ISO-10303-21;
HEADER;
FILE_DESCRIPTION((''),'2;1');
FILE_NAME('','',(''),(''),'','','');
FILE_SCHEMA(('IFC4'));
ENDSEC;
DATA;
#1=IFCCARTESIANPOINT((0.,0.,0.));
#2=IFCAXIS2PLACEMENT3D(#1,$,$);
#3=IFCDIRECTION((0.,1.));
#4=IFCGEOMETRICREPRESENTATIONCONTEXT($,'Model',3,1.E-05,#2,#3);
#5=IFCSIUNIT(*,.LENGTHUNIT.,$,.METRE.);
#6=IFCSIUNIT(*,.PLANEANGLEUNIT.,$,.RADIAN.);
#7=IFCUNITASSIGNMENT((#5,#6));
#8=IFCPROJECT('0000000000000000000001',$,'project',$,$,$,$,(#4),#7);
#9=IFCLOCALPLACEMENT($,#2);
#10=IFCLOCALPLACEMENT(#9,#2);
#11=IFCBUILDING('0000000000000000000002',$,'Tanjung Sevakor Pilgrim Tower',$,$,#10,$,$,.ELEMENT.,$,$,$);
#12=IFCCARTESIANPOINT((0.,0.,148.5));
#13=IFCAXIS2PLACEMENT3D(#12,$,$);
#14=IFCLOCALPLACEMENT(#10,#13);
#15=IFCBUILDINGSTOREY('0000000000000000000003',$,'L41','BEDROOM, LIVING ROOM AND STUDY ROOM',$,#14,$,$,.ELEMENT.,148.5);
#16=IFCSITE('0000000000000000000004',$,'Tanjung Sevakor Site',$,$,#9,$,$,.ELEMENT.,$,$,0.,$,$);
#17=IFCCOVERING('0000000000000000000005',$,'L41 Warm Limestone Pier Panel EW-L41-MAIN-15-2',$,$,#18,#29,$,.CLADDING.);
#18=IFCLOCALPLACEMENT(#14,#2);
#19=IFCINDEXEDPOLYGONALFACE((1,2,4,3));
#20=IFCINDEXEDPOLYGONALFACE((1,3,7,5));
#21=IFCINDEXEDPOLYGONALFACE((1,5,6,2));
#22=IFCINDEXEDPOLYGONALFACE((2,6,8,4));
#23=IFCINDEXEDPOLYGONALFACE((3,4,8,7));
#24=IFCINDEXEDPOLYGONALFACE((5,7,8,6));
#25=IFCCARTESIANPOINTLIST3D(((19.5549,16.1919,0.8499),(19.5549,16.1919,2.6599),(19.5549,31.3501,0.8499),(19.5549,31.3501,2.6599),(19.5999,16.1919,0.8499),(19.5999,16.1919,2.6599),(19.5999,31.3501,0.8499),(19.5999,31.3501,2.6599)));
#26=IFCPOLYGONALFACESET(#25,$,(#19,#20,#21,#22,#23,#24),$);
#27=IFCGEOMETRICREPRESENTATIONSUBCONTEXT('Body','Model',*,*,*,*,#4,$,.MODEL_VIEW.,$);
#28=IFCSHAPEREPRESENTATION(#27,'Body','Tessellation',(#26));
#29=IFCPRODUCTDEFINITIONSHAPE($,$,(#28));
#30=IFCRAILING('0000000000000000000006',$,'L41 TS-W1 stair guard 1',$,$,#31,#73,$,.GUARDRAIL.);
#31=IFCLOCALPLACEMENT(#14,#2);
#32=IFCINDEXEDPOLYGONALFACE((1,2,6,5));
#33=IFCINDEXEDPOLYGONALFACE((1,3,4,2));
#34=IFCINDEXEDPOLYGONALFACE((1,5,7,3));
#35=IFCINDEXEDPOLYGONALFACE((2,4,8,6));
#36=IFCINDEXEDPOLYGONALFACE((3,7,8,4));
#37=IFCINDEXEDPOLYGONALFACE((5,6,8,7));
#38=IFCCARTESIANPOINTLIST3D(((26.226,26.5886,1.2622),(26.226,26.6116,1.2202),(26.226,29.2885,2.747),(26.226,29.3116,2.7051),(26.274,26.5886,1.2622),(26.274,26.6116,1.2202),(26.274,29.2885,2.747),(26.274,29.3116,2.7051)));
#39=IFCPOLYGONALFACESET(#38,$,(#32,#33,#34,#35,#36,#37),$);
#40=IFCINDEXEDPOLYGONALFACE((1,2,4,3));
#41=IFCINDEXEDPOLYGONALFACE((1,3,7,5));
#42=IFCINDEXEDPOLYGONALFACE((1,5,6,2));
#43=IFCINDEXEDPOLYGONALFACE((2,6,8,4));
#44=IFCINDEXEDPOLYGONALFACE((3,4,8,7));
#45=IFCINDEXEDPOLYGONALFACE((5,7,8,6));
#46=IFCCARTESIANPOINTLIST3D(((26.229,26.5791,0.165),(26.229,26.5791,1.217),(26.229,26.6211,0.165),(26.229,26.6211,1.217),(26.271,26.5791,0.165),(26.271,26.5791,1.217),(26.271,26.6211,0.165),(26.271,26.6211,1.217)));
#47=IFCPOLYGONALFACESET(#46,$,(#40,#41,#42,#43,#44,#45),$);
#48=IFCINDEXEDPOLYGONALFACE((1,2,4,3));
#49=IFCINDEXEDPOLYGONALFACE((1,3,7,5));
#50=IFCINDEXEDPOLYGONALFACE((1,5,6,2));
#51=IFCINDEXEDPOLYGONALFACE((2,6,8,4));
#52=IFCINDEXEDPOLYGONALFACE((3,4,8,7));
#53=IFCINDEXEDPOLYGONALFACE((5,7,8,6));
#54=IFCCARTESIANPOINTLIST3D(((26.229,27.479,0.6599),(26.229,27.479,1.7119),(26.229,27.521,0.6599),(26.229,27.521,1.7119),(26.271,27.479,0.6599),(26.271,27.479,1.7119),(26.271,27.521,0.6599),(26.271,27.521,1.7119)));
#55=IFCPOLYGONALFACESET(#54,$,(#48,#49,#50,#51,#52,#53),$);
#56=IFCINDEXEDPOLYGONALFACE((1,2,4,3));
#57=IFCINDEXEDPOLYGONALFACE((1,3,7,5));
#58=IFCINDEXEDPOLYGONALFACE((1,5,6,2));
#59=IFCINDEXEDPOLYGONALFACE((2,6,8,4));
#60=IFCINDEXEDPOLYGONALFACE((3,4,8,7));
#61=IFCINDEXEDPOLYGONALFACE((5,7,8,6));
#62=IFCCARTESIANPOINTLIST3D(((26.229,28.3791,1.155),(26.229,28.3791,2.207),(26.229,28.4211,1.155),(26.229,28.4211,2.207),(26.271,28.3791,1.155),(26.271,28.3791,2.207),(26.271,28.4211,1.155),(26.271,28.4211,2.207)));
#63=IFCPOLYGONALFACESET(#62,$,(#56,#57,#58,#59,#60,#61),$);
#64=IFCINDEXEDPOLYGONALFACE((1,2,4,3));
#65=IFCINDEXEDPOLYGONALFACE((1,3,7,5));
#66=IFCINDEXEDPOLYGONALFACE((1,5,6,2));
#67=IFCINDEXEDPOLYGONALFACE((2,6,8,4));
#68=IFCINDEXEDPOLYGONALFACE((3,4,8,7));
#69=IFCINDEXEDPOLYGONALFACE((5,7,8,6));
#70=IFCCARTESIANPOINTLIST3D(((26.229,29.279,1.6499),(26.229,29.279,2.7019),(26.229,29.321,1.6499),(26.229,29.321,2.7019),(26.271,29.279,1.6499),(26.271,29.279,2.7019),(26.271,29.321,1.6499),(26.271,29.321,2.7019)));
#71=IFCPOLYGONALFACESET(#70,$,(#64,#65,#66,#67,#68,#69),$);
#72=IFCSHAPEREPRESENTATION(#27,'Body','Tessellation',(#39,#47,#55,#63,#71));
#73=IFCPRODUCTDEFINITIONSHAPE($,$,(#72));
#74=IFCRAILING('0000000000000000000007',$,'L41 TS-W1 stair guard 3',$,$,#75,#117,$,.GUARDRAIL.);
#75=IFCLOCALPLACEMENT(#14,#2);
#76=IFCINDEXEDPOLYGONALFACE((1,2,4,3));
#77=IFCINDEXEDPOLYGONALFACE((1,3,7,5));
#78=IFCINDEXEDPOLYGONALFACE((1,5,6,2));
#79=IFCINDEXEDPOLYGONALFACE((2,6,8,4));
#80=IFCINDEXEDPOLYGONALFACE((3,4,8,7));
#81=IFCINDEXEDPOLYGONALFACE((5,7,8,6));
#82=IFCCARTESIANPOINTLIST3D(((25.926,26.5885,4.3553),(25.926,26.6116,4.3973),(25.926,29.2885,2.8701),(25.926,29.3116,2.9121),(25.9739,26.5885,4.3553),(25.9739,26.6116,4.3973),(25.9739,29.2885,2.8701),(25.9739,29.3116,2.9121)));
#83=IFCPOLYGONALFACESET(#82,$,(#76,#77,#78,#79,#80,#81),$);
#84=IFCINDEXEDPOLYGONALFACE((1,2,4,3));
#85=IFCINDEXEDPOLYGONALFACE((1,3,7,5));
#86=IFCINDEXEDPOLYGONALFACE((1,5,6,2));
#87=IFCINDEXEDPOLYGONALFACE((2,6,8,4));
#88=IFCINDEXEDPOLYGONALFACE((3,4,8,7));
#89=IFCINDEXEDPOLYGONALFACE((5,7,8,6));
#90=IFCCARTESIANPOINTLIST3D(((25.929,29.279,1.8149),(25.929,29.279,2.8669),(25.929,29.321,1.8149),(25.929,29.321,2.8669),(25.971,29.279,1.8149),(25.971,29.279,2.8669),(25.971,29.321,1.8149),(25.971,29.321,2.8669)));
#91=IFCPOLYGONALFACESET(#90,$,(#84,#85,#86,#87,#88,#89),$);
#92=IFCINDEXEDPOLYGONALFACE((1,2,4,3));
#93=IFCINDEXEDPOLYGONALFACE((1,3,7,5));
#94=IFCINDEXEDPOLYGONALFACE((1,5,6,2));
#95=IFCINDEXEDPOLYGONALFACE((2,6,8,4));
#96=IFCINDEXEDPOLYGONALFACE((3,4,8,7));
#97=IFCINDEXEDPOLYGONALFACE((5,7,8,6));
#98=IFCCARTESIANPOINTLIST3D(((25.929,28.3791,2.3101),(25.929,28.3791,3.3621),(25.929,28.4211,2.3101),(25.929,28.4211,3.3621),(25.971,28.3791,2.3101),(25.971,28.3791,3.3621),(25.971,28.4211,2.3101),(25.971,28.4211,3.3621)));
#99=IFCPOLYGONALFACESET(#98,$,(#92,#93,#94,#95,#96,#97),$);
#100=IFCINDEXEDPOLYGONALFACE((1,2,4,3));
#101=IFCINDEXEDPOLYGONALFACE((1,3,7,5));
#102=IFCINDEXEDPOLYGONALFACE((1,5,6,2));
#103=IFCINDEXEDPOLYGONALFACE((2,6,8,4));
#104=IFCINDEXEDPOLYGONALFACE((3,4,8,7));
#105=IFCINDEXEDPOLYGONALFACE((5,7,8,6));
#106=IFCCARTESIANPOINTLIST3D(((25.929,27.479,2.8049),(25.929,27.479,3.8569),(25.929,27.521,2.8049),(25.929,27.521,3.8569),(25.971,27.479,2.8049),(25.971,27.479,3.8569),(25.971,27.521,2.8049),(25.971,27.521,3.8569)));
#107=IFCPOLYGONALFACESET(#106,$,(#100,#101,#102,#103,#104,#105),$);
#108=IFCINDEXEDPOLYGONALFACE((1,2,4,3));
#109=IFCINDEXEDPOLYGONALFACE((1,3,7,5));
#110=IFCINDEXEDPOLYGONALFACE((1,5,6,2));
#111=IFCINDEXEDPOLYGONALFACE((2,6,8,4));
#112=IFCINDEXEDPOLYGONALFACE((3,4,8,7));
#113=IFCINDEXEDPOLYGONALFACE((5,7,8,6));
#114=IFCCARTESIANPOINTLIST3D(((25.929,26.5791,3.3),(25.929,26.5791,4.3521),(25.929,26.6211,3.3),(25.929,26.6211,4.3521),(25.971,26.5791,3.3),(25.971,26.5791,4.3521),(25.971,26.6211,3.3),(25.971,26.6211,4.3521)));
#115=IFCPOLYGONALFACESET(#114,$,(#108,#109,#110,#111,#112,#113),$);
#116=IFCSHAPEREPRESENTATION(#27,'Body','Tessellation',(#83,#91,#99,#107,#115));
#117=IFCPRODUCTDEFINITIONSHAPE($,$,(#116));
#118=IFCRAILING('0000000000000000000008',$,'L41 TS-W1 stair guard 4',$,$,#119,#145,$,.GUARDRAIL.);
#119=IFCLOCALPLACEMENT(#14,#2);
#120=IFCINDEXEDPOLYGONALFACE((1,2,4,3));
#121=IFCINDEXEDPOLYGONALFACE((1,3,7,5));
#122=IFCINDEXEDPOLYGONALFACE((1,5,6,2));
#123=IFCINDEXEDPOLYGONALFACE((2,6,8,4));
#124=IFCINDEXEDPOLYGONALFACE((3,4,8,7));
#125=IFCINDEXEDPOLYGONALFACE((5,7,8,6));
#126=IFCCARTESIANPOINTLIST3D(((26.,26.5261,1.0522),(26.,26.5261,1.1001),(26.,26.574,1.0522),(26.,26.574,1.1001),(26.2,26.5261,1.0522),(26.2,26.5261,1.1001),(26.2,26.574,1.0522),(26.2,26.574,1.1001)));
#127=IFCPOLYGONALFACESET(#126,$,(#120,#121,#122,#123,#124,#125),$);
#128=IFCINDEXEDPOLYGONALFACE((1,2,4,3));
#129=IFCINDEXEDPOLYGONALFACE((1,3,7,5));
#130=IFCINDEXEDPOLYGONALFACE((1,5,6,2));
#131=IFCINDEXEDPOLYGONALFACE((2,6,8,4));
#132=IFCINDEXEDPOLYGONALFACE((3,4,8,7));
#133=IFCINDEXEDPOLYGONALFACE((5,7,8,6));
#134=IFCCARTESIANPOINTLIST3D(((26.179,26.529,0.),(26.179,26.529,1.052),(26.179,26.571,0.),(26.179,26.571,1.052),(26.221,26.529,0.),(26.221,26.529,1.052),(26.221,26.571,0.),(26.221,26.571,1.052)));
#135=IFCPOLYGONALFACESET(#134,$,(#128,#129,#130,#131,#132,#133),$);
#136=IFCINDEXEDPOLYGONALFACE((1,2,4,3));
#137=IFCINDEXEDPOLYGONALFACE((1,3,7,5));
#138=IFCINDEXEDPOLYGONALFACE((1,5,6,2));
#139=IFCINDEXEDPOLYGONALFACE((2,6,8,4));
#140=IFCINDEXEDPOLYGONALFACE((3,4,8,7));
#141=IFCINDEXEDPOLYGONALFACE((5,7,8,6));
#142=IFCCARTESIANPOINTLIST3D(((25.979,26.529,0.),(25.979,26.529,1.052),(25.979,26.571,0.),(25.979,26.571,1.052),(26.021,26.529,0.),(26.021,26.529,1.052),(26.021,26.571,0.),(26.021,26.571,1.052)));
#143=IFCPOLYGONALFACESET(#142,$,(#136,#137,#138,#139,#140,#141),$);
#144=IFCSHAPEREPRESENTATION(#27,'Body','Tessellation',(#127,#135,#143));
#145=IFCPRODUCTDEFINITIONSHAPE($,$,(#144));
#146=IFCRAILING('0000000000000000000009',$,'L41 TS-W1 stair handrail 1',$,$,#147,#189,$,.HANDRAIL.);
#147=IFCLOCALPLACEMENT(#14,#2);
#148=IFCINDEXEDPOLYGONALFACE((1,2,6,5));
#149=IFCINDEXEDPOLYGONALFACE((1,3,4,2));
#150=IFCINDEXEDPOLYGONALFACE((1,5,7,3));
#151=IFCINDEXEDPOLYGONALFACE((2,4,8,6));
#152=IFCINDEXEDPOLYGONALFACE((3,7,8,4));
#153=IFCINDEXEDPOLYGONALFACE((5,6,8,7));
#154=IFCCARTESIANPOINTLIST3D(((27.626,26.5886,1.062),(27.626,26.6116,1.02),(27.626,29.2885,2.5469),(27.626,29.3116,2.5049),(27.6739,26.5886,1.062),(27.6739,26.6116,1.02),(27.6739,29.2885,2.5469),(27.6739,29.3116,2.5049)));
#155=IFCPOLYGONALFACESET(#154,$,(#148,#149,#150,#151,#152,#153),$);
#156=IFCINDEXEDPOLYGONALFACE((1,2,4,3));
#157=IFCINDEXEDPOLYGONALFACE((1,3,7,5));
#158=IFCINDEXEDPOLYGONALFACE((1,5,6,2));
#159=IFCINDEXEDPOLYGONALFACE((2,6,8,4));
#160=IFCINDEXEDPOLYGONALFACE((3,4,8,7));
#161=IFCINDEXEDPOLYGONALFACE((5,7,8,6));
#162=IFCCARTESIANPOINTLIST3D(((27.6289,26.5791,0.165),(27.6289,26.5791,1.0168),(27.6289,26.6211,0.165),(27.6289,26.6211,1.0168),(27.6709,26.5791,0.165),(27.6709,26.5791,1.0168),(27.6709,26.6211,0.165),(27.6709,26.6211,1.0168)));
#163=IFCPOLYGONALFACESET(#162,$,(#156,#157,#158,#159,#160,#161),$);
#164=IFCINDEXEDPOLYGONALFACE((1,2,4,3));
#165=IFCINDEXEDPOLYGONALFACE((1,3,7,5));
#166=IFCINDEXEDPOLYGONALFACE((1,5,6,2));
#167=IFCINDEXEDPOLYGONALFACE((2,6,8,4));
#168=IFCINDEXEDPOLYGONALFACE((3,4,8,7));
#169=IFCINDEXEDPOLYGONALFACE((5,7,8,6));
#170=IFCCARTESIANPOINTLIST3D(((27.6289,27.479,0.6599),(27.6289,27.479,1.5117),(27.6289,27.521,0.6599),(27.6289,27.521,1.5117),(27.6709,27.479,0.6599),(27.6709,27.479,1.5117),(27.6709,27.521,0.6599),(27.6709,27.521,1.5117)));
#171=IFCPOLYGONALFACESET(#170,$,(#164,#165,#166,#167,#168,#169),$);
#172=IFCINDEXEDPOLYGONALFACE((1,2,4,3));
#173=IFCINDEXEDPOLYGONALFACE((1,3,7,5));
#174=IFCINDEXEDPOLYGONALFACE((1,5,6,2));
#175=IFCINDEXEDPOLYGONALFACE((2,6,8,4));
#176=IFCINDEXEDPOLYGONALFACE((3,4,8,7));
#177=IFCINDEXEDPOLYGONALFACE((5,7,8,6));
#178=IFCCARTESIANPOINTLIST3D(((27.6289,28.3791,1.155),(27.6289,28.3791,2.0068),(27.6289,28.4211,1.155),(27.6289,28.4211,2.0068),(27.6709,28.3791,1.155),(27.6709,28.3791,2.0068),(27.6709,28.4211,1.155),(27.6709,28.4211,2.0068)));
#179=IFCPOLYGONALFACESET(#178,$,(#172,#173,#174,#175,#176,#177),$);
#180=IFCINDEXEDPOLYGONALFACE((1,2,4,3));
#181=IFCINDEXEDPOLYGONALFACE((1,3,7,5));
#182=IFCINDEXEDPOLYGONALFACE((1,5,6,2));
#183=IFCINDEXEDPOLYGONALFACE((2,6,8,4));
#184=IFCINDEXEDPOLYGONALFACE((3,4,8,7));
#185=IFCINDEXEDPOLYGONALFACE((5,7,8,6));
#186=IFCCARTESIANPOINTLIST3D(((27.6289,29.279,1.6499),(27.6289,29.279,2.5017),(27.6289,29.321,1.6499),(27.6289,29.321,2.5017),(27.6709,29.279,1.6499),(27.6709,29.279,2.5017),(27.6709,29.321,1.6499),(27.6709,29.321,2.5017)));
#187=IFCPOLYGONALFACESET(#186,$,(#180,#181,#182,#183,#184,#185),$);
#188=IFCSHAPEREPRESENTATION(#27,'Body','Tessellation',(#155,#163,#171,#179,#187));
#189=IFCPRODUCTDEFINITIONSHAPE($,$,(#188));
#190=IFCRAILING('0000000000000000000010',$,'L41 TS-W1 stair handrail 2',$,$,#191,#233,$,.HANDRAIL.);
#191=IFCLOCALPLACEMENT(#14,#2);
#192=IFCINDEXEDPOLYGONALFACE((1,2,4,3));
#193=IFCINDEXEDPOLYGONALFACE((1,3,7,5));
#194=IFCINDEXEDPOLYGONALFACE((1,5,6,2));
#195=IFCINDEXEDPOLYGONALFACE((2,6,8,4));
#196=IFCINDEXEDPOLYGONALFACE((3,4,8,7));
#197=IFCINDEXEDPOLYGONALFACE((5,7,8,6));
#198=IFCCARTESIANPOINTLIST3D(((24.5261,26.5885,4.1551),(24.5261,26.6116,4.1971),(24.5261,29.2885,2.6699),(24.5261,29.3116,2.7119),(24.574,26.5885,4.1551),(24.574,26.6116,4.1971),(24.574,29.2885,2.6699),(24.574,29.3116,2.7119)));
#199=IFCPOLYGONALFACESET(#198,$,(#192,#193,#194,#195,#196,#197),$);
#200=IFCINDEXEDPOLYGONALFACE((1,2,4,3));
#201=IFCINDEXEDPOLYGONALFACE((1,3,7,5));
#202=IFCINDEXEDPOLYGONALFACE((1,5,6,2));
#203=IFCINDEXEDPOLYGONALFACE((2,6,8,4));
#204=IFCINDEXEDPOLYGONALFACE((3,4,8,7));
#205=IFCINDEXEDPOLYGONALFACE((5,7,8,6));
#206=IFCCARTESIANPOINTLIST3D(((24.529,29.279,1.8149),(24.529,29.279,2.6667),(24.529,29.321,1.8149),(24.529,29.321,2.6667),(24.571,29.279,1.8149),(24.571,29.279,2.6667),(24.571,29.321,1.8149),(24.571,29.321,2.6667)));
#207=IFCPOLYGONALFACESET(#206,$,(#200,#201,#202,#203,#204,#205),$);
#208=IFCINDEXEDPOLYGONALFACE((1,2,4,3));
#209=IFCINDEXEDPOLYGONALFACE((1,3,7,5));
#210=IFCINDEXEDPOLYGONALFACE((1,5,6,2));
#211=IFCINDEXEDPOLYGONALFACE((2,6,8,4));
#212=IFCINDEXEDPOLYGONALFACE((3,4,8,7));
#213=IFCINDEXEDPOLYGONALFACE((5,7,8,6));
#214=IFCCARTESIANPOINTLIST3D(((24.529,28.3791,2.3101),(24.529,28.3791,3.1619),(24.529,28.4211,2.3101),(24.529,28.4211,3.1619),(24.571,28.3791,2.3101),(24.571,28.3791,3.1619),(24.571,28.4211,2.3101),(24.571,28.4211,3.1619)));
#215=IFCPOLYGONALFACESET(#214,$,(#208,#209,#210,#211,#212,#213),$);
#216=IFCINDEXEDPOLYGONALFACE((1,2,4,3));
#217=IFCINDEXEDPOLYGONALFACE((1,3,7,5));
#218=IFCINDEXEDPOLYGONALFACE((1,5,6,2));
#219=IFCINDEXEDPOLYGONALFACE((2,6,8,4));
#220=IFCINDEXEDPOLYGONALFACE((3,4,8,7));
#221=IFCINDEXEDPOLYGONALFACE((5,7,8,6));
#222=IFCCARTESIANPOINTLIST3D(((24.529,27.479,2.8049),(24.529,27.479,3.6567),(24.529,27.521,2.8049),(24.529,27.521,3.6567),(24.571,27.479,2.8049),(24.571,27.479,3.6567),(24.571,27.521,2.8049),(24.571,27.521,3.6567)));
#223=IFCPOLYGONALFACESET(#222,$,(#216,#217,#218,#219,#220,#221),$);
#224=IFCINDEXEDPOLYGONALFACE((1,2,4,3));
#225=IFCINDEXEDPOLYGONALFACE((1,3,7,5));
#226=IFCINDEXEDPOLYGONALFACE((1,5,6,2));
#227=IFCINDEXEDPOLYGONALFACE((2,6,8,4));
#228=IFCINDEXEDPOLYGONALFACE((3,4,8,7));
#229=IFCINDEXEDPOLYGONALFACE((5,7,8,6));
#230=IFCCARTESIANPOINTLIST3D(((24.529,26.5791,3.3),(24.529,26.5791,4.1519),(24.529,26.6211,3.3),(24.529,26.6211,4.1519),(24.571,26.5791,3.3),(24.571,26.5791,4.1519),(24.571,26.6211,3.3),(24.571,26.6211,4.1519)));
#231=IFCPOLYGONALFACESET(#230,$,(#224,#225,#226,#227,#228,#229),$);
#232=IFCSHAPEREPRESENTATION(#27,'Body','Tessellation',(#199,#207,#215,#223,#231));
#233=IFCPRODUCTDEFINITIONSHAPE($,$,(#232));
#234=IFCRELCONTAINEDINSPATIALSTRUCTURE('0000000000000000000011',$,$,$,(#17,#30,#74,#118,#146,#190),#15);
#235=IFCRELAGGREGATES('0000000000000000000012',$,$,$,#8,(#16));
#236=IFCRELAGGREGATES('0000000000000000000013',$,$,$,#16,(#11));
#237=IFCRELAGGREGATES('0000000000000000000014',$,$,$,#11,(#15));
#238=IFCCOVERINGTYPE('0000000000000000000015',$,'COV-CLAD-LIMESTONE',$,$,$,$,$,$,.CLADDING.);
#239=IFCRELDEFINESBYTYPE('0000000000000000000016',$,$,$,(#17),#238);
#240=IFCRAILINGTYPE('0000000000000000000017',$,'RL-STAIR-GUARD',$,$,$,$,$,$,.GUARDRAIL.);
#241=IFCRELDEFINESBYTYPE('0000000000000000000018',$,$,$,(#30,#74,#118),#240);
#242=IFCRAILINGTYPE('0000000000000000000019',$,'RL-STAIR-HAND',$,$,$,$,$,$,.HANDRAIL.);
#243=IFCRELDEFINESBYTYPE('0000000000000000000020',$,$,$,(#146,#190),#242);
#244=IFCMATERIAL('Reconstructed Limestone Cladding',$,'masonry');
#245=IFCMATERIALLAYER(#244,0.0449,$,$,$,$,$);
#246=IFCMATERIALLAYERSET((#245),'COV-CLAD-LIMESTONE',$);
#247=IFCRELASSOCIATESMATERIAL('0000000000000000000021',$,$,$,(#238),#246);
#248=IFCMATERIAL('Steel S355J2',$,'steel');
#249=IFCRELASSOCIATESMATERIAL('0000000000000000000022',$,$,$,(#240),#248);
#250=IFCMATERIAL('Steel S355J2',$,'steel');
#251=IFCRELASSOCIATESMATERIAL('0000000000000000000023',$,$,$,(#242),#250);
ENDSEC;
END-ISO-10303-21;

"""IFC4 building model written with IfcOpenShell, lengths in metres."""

from ifc_helpers import new_model, si_unit, direction, frame, origin, origin_2d, place, context, subcontext, project, spatial, rectangle, extrude, material, layer, layer_set, type_object, element, save


model = new_model("IFC4")

# Units and contexts
model_context = context("Model", 3, precision=1e-05, world=origin(), true_north=direction((0.0, 1.0)))
body_context = subcontext(model_context, "Body", "Model", "MODEL_VIEW")
ifc_project = project(units=[si_unit("LENGTHUNIT", "METRE"), si_unit("PLANEANGLEUNIT", "RADIAN")], contexts=[model_context])

# Site, building, storey
site_placement = place(None, origin())
site = spatial("IfcSite", under=ifc_project, at=site_placement, Name="Tanjung Sevakor Site", CompositionType="ELEMENT", RefElevation=0.0)
building_placement = place(site_placement, origin())
building = spatial("IfcBuilding", under=site, at=building_placement, Name="Tanjung Sevakor Pilgrim Tower", CompositionType="ELEMENT")
storey_placement = place(building_placement, frame((0.0, 0.0, 148.5)))
storey = spatial("IfcBuildingStorey", under=building, at=storey_placement, Name="L41", Description="BEDROOM, LIVING ROOM AND STUDY ROOM", CompositionType="ELEMENT", Elevation=148.5)

# Covering
ifc_material_1 = material(Name="Reconstructed Limestone Cladding", Category="masonry")
ifc_layer_1 = layer(ifc_material_1, 0.0449)
ifc_layer_set_1 = layer_set([ifc_layer_1], Name="COV-CLAD-LIMESTONE")
covering_type = type_object("IfcCoveringType", Name="COV-CLAD-LIMESTONE", PredefinedType="CLADDING", material=ifc_layer_set_1)
covering_placement = place(storey_placement, frame((19.5774, 23.771, 0.8499), z_axis=(0.0, 0.0, 1.0), x_axis=(0.0, -1.0, 0.0)))
element("IfcCovering", 1, at=covering_placement, inside=storey, type_object=covering_type, Name="L41 Warm Limestone Pier Panel EW-L41-MAIN-15-2", PredefinedType="CLADDING", context=body_context, shape_type="SweptSolid", body=[
    extrude(rectangle(XDim=15.1582, YDim=0.0449, at=origin_2d()), origin(), (0.0, 0.0, 1.0), 1.8101),
])

# Railings
ifc_material_2 = material(Name="Steel S355J2", Category="steel")
railing_type_1 = type_object("IfcRailingType", Name="RL-STAIR-GUARD", PredefinedType="GUARDRAIL", material=ifc_material_2)
railing_1_placement = place(storey_placement, frame((26.25, 26.6001, 0.165)))
element("IfcRailing", 2, at=railing_1_placement, inside=storey, type_object=railing_type_1, Name="L41 TS-W1 stair guard 1", PredefinedType="GUARDRAIL", context=body_context, shape_type="SweptSolid", body=[
    extrude(rectangle(XDim=0.0479, YDim=0.0479), frame((0.0, 0.0, 1.0762), z_axis=(0.0, 0.876231, 0.481891), x_axis=(-1.0, 0.0, 0.0)), (0.0, 0.0, 1.0), 3.0813),
    extrude(rectangle(XDim=0.042, YDim=0.042), origin(), (0.0, 0.0, 1.0), 1.052),
    extrude(rectangle(XDim=0.042, YDim=0.042), frame((0.0, 0.8999, 0.4949)), (0.0, 0.0, 1.0), 1.052),
    extrude(rectangle(XDim=0.042, YDim=0.042), frame((0.0, 1.8, 0.99)), (0.0, 0.0, 1.0), 1.052),
    extrude(rectangle(XDim=0.042, YDim=0.042), frame((0.0, 2.7, 1.4849)), (0.0, 0.0, 1.0), 1.052),
])
railing_2_placement = place(storey_placement, frame((25.95, 29.3, 1.8149)))
element("IfcRailing", 3, at=railing_2_placement, inside=storey, type_object=railing_type_1, Name="L41 TS-W1 stair guard 3", PredefinedType="GUARDRAIL", context=body_context, shape_type="SweptSolid", body=[
    extrude(rectangle(XDim=0.0479, YDim=0.0479), frame((0.0, 0.0, 1.0762), z_axis=(0.0, -0.876198, 0.481952), x_axis=(1.0, 0.0, 0.0)), (0.0, 0.0, 1.0), 3.0815),
    extrude(rectangle(XDim=0.042, YDim=0.042), origin(), (0.0, 0.0, 1.0), 1.052),
    extrude(rectangle(XDim=0.042, YDim=0.042), frame((0.0, -0.8999, 0.4951)), (0.0, 0.0, 1.0), 1.052),
    extrude(rectangle(XDim=0.042, YDim=0.042), frame((0.0, -1.8, 0.99)), (0.0, 0.0, 1.0), 1.052),
    extrude(rectangle(XDim=0.042, YDim=0.042), frame((0.0, -2.7, 1.4851)), (0.0, 0.0, 1.0), 1.052),
])
railing_3_placement = place(storey_placement, frame((26.2, 26.55, 0.0)))
element("IfcRailing", 4, at=railing_3_placement, inside=storey, type_object=railing_type_1, Name="L41 TS-W1 stair guard 4", PredefinedType="GUARDRAIL", context=body_context, shape_type="SweptSolid", body=[
    extrude(rectangle(XDim=0.0479, YDim=0.0479), frame((0.0, 0.0, 1.0762), z_axis=(-1.0, 0.0, 0.0), x_axis=(0.0, -1.0, 0.0)), (0.0, 0.0, 1.0), 0.2),
    extrude(rectangle(XDim=0.042, YDim=0.042), origin(), (0.0, 0.0, 1.0), 1.052),
    extrude(rectangle(XDim=0.042, YDim=0.042), frame((-0.2, 0.0, 0.0)), (0.0, 0.0, 1.0), 1.052),
])
ifc_material_3 = material(Name="Steel S355J2", Category="steel")
railing_type_2 = type_object("IfcRailingType", Name="RL-STAIR-HAND", PredefinedType="HANDRAIL", material=ifc_material_3)
railing_4_placement = place(storey_placement, frame((27.6499, 26.6001, 0.165)))
element("IfcRailing", 5, at=railing_4_placement, inside=storey, type_object=railing_type_2, Name="L41 TS-W1 stair handrail 1", PredefinedType="HANDRAIL", context=body_context, shape_type="SweptSolid", body=[
    extrude(rectangle(XDim=0.0479, YDim=0.0479), frame((0.0, 0.0, 0.876), z_axis=(0.0, 0.876231, 0.481891), x_axis=(-1.0, 0.0, 0.0)), (0.0, 0.0, 1.0), 3.0813),
    extrude(rectangle(XDim=0.042, YDim=0.042), origin(), (0.0, 0.0, 1.0), 0.8518),
    extrude(rectangle(XDim=0.042, YDim=0.042), frame((0.0, 0.8999, 0.4949)), (0.0, 0.0, 1.0), 0.8518),
    extrude(rectangle(XDim=0.042, YDim=0.042), frame((0.0, 1.8, 0.99)), (0.0, 0.0, 1.0), 0.8518),
    extrude(rectangle(XDim=0.042, YDim=0.042), frame((0.0, 2.7, 1.4849)), (0.0, 0.0, 1.0), 0.8518),
])
railing_5_placement = place(storey_placement, frame((24.55, 29.3, 1.8149)))
element("IfcRailing", 6, at=railing_5_placement, inside=storey, type_object=railing_type_2, Name="L41 TS-W1 stair handrail 2", PredefinedType="HANDRAIL", context=body_context, shape_type="SweptSolid", body=[
    extrude(rectangle(XDim=0.0479, YDim=0.0479), frame((0.0, 0.0, 0.876), z_axis=(0.0, -0.876198, 0.481952), x_axis=(1.0, 0.0, 0.0)), (0.0, 0.0, 1.0), 3.0815),
    extrude(rectangle(XDim=0.042, YDim=0.042), origin(), (0.0, 0.0, 1.0), 0.8518),
    extrude(rectangle(XDim=0.042, YDim=0.042), frame((0.0, -0.8999, 0.4951)), (0.0, 0.0, 1.0), 0.8518),
    extrude(rectangle(XDim=0.042, YDim=0.042), frame((0.0, -1.8, 0.99)), (0.0, 0.0, 1.0), 0.8518),
    extrude(rectangle(XDim=0.042, YDim=0.042), frame((0.0, -2.7, 1.4851)), (0.0, 0.0, 1.0), 0.8518),
])

save(model, "model.ifc")
